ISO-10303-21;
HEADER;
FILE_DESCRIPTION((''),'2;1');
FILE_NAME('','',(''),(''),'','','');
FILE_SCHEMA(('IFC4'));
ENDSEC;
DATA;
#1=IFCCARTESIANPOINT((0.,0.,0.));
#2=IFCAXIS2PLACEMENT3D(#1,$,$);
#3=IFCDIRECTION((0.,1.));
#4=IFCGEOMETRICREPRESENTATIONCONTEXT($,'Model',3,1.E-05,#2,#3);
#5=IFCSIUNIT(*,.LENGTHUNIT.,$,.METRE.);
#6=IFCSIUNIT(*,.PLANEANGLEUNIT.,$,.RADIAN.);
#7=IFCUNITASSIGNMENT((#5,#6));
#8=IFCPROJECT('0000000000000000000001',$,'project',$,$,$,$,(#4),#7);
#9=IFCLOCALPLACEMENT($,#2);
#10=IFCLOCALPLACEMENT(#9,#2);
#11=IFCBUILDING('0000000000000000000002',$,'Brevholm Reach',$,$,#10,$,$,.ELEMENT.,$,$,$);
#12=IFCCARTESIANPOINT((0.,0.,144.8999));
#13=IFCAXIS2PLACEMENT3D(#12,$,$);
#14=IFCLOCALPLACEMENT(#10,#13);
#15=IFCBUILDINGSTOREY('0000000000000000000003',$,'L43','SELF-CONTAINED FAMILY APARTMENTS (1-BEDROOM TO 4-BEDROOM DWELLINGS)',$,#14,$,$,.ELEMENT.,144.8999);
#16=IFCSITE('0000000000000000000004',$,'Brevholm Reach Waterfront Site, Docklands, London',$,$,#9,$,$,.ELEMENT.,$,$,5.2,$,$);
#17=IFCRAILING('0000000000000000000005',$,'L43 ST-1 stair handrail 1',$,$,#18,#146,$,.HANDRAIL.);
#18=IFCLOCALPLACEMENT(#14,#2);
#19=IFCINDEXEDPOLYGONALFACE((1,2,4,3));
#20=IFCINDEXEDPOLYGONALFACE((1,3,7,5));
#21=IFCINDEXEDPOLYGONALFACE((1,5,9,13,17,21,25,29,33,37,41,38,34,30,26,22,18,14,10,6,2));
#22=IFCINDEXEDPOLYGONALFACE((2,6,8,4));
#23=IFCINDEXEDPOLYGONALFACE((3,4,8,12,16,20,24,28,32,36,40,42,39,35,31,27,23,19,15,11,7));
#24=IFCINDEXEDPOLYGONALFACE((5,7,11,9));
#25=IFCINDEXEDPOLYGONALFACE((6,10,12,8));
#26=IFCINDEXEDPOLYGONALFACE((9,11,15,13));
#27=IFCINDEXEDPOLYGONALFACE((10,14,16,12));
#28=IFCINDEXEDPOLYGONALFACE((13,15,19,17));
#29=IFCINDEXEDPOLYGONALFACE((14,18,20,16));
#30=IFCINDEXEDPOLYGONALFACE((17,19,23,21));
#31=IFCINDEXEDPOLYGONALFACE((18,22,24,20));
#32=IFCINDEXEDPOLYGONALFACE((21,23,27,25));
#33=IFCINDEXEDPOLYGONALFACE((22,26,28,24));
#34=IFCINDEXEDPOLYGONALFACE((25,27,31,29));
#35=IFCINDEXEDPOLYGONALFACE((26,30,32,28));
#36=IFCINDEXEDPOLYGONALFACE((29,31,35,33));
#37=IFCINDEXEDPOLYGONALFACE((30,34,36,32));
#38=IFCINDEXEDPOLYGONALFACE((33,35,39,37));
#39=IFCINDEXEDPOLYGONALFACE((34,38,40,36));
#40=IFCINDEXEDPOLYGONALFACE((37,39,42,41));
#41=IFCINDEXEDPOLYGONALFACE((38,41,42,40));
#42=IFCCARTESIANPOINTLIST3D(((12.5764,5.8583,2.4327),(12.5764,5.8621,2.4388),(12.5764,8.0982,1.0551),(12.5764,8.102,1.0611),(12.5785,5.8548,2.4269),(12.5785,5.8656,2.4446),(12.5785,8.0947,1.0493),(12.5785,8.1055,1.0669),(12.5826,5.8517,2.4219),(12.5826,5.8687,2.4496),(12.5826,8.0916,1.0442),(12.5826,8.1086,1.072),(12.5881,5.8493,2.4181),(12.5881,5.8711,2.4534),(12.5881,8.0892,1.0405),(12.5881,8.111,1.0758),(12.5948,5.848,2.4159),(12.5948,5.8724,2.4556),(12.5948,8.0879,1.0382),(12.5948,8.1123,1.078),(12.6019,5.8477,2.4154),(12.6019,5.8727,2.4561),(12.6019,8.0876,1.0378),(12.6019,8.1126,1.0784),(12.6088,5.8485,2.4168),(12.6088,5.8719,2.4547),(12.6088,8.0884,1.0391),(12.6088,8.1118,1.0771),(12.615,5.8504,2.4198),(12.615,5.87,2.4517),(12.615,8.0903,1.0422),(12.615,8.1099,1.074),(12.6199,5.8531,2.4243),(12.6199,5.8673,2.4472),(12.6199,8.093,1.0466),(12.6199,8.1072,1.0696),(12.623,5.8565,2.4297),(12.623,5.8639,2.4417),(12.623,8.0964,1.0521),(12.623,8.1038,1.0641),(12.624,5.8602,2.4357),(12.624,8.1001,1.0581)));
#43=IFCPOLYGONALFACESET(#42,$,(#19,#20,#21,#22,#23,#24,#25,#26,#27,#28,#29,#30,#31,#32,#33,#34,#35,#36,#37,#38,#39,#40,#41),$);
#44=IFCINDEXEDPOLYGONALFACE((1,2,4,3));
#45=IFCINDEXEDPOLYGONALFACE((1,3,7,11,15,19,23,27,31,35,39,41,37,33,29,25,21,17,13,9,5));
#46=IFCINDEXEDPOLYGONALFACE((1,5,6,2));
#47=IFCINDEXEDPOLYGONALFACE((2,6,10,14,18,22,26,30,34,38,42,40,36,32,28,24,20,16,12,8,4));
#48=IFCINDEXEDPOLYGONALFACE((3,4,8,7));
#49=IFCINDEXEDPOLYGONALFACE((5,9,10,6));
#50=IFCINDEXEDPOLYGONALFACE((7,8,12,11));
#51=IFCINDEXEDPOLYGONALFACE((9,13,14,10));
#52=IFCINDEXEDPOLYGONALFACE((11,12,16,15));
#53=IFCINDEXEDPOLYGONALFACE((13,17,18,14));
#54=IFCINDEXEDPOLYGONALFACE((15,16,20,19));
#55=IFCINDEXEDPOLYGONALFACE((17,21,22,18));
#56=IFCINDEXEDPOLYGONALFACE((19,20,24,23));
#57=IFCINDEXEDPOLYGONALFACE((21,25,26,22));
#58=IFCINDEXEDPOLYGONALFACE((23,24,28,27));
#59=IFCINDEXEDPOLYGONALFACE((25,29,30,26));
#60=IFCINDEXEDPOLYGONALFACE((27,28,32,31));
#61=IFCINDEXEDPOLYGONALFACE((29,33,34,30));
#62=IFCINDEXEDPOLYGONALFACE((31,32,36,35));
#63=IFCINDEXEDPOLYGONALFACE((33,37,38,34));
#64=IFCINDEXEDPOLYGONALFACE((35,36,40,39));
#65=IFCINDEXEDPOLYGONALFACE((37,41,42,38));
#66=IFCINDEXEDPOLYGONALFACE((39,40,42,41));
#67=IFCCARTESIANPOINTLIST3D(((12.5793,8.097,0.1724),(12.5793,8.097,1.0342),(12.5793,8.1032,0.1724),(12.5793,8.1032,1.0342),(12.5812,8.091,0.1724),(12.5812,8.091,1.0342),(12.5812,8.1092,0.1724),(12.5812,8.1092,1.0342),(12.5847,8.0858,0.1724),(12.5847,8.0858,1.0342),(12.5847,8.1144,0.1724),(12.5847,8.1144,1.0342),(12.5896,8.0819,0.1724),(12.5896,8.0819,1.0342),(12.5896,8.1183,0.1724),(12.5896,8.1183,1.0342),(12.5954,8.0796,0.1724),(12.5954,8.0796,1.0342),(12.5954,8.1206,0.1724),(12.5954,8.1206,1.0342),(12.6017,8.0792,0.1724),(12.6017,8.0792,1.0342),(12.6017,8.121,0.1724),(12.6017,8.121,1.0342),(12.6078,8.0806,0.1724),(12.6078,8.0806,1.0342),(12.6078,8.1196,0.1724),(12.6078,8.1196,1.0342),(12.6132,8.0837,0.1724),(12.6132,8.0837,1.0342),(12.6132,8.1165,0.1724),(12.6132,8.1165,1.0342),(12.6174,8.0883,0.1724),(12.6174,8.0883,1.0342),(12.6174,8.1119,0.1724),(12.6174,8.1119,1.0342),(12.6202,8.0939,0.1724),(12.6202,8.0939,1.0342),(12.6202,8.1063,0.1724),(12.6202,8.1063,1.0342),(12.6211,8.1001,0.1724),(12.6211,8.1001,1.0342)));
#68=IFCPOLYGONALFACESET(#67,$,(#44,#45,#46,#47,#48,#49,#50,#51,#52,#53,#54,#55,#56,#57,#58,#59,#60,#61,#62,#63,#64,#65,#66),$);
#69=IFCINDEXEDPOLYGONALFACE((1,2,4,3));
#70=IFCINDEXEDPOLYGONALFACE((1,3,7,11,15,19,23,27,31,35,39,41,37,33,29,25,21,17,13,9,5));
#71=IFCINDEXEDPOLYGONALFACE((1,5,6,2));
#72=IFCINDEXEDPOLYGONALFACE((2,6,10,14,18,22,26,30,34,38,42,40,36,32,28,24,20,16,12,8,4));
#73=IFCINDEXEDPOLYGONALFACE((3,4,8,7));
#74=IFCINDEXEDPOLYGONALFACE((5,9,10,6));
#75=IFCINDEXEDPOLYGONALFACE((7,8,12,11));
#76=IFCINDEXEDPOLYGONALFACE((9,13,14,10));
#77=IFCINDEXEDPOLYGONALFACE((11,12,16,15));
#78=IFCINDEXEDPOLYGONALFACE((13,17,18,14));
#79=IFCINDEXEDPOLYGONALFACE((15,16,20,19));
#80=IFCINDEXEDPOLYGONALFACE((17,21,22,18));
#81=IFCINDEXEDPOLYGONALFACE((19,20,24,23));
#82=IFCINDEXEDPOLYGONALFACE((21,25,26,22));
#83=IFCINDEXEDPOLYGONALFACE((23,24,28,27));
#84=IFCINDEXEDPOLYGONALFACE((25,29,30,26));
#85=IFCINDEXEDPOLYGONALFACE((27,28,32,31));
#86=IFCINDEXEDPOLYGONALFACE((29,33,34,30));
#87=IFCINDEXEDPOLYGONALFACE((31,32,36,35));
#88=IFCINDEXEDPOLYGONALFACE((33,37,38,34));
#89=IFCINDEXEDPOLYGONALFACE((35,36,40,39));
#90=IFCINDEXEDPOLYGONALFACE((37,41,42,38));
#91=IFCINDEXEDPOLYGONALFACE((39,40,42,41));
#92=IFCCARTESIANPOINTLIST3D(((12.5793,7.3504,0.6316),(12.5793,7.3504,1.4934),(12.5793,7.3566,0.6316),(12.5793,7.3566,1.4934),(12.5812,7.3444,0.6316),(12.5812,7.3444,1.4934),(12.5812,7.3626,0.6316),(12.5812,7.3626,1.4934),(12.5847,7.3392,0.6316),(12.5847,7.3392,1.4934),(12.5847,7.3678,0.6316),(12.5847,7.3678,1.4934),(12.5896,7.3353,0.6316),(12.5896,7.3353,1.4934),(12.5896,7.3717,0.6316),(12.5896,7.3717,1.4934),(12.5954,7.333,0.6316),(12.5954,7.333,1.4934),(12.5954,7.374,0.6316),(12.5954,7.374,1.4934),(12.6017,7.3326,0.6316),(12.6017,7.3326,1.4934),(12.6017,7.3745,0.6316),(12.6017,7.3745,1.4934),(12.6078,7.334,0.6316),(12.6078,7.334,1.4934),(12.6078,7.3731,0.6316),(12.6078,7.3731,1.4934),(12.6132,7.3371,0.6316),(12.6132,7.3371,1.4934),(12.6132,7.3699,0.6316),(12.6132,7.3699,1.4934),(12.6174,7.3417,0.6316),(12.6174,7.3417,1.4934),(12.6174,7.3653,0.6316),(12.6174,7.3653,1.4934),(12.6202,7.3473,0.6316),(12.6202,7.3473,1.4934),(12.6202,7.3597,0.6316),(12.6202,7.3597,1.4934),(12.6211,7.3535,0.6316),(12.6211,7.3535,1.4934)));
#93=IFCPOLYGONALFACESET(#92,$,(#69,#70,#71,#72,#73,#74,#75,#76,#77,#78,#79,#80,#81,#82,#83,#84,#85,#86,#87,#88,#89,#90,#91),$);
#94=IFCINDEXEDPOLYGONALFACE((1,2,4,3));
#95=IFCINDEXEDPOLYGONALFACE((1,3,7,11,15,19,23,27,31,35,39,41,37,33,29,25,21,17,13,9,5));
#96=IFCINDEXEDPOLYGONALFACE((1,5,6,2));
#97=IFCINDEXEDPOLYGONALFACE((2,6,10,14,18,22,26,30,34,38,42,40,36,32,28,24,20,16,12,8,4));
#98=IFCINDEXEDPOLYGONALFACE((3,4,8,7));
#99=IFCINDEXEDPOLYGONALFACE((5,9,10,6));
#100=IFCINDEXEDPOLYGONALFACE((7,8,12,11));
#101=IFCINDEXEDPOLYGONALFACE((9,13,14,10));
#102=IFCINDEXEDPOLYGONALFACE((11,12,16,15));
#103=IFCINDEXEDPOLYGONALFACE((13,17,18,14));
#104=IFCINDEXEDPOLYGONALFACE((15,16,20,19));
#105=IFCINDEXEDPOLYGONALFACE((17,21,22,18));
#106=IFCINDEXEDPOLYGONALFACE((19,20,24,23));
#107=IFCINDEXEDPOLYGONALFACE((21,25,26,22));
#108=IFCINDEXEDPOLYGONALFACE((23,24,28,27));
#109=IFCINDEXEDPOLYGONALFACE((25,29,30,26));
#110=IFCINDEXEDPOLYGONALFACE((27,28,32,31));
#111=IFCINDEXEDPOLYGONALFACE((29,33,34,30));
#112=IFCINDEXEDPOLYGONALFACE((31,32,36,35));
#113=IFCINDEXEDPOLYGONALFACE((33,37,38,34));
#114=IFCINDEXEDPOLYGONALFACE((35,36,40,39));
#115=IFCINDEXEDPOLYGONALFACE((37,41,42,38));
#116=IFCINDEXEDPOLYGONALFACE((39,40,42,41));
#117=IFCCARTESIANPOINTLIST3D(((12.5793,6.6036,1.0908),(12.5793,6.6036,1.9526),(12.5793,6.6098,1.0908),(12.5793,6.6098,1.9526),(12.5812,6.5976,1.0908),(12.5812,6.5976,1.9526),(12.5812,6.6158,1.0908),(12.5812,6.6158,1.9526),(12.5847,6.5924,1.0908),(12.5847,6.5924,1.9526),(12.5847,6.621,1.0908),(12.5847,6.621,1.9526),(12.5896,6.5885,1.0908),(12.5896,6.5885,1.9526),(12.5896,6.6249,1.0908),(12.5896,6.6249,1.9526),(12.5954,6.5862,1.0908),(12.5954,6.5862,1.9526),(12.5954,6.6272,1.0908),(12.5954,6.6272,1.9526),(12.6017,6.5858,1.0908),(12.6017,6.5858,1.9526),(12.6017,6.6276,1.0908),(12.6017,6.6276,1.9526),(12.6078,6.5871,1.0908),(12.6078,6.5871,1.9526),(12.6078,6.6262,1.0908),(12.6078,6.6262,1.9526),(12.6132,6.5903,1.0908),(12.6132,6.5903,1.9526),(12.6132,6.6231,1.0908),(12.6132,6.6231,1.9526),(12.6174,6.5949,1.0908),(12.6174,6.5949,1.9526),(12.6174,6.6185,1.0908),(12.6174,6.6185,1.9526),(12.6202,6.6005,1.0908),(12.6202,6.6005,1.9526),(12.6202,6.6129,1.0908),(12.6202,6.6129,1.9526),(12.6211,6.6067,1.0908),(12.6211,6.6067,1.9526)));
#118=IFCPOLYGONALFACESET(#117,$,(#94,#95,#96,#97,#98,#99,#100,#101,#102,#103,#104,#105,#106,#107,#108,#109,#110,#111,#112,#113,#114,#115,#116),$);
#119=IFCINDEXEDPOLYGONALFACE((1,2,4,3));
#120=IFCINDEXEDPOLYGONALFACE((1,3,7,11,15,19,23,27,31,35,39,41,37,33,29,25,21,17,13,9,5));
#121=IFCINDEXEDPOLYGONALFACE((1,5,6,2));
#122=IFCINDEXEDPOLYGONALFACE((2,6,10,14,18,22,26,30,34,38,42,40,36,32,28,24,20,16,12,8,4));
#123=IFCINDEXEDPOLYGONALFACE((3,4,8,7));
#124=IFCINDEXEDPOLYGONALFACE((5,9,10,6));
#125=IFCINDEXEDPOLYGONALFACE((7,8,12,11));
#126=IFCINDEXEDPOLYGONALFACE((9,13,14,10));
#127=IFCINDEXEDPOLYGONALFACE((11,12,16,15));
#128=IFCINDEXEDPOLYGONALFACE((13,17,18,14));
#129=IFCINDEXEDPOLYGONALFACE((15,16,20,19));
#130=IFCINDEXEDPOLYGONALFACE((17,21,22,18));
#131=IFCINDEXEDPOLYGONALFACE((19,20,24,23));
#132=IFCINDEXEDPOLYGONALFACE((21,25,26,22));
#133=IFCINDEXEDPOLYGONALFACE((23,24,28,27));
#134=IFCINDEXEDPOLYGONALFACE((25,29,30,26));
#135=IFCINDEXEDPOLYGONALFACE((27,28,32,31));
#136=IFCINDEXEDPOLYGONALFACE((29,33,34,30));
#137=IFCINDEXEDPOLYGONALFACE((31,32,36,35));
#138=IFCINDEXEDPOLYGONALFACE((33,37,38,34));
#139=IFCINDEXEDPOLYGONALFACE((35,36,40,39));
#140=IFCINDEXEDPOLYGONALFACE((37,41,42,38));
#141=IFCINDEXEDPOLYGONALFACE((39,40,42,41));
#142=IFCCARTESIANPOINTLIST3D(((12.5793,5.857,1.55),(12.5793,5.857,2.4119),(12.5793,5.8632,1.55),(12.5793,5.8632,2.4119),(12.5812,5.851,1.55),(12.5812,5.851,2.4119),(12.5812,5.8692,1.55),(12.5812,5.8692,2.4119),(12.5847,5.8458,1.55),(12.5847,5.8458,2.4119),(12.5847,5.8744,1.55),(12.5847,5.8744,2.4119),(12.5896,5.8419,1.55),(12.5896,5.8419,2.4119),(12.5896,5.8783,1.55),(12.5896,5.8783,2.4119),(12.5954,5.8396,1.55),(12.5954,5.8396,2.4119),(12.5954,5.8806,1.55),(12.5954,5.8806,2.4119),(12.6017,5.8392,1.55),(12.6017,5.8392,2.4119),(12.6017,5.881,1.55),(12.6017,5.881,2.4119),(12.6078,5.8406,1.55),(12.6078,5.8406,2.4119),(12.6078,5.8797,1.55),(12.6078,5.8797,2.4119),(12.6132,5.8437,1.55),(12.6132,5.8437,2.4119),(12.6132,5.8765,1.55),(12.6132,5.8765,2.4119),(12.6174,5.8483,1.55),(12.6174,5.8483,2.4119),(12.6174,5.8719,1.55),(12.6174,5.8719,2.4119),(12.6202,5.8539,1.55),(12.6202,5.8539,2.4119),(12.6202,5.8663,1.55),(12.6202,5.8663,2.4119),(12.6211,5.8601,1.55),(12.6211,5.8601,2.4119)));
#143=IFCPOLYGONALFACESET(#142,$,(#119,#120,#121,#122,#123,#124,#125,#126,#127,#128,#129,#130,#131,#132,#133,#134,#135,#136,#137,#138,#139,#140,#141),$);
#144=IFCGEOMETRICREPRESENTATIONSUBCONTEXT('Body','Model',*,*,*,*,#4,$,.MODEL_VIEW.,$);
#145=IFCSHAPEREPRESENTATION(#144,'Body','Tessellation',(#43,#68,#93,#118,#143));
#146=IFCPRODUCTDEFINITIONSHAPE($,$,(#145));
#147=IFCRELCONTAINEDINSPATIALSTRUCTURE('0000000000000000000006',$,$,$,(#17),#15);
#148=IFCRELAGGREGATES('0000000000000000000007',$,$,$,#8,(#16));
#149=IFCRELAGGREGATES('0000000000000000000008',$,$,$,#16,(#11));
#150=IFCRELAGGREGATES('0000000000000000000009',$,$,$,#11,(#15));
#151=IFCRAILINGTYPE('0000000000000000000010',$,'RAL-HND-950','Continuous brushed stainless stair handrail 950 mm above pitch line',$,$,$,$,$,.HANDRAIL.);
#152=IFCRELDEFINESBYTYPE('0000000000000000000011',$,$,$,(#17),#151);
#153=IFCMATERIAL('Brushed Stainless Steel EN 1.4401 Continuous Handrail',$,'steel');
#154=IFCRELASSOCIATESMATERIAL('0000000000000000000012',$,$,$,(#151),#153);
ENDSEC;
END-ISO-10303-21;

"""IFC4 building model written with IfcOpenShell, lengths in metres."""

from ifc_helpers import new_model, si_unit, direction, frame, origin, origin_2d, place, context, subcontext, project, spatial, circle, extrude, material, type_object, element, save


model = new_model("IFC4")

# Units and contexts
model_context = context("Model", 3, precision=1e-05, world=origin(), true_north=direction((0.0, 1.0)))
body_context = subcontext(model_context, "Body", "Model", "MODEL_VIEW")
ifc_project = project(units=[si_unit("LENGTHUNIT", "METRE"), si_unit("PLANEANGLEUNIT", "RADIAN")], contexts=[model_context])

# Site, building, storey
site_placement = place(None, origin())
site = spatial("IfcSite", under=ifc_project, at=site_placement, Name="Brevholm Reach Waterfront Site, Docklands, London", CompositionType="ELEMENT", RefElevation=5.2)
building_placement = place(site_placement, origin())
building = spatial("IfcBuilding", under=site, at=building_placement, Name="Brevholm Reach", CompositionType="ELEMENT")
storey_placement = place(building_placement, frame((0.0, 0.0, 144.8999)))
storey = spatial("IfcBuildingStorey", under=building, at=storey_placement, Name="L43", Description="SELF-CONTAINED FAMILY APARTMENTS (1-BEDROOM TO 4-BEDROOM DWELLINGS)", CompositionType="ELEMENT", Elevation=144.8999)

# Railing
ifc_material_1 = material(Name="Brushed Stainless Steel EN 1.4401 Continuous Handrail", Category="steel")
railing_type_1 = type_object("IfcRailingType", Name="RAL-HND-950", Description="Continuous brushed stainless stair handrail 950 mm above pitch line", PredefinedType="HANDRAIL", material=ifc_material_1)
railing_1_placement = place(storey_placement, frame((12.6001, 8.1001, 0.1724)))
element("IfcRailing", 1, at=railing_1_placement, inside=storey, type_object=railing_type_1, Name="L43 ST-1 stair handrail 1", PredefinedType="HANDRAIL", context=body_context, shape_type="SweptSolid", body=[
    extrude(circle(Radius=0.0239, at=origin_2d()), frame((0.0, 0.0, 0.8857), z_axis=(0.0, -0.851789, 0.523885), x_axis=(1.0, 0.0, 0.0)), (0.0, 0.0, 1.0), 2.6296),
    extrude(circle(Radius=0.021, at=origin_2d()), origin(), (0.0, 0.0, 1.0), 0.8618),
    extrude(circle(Radius=0.021, at=origin_2d()), frame((0.0, -0.7466, 0.4592)), (0.0, 0.0, 1.0), 0.8618),
    extrude(circle(Radius=0.021, at=origin_2d()), frame((0.0, -1.4934, 0.9185)), (0.0, 0.0, 1.0), 0.8618),
    extrude(circle(Radius=0.021, at=origin_2d()), frame((0.0, -2.24, 1.3777)), (0.0, 0.0, 1.0), 0.8618),
])

save(model, "model.ifc")
